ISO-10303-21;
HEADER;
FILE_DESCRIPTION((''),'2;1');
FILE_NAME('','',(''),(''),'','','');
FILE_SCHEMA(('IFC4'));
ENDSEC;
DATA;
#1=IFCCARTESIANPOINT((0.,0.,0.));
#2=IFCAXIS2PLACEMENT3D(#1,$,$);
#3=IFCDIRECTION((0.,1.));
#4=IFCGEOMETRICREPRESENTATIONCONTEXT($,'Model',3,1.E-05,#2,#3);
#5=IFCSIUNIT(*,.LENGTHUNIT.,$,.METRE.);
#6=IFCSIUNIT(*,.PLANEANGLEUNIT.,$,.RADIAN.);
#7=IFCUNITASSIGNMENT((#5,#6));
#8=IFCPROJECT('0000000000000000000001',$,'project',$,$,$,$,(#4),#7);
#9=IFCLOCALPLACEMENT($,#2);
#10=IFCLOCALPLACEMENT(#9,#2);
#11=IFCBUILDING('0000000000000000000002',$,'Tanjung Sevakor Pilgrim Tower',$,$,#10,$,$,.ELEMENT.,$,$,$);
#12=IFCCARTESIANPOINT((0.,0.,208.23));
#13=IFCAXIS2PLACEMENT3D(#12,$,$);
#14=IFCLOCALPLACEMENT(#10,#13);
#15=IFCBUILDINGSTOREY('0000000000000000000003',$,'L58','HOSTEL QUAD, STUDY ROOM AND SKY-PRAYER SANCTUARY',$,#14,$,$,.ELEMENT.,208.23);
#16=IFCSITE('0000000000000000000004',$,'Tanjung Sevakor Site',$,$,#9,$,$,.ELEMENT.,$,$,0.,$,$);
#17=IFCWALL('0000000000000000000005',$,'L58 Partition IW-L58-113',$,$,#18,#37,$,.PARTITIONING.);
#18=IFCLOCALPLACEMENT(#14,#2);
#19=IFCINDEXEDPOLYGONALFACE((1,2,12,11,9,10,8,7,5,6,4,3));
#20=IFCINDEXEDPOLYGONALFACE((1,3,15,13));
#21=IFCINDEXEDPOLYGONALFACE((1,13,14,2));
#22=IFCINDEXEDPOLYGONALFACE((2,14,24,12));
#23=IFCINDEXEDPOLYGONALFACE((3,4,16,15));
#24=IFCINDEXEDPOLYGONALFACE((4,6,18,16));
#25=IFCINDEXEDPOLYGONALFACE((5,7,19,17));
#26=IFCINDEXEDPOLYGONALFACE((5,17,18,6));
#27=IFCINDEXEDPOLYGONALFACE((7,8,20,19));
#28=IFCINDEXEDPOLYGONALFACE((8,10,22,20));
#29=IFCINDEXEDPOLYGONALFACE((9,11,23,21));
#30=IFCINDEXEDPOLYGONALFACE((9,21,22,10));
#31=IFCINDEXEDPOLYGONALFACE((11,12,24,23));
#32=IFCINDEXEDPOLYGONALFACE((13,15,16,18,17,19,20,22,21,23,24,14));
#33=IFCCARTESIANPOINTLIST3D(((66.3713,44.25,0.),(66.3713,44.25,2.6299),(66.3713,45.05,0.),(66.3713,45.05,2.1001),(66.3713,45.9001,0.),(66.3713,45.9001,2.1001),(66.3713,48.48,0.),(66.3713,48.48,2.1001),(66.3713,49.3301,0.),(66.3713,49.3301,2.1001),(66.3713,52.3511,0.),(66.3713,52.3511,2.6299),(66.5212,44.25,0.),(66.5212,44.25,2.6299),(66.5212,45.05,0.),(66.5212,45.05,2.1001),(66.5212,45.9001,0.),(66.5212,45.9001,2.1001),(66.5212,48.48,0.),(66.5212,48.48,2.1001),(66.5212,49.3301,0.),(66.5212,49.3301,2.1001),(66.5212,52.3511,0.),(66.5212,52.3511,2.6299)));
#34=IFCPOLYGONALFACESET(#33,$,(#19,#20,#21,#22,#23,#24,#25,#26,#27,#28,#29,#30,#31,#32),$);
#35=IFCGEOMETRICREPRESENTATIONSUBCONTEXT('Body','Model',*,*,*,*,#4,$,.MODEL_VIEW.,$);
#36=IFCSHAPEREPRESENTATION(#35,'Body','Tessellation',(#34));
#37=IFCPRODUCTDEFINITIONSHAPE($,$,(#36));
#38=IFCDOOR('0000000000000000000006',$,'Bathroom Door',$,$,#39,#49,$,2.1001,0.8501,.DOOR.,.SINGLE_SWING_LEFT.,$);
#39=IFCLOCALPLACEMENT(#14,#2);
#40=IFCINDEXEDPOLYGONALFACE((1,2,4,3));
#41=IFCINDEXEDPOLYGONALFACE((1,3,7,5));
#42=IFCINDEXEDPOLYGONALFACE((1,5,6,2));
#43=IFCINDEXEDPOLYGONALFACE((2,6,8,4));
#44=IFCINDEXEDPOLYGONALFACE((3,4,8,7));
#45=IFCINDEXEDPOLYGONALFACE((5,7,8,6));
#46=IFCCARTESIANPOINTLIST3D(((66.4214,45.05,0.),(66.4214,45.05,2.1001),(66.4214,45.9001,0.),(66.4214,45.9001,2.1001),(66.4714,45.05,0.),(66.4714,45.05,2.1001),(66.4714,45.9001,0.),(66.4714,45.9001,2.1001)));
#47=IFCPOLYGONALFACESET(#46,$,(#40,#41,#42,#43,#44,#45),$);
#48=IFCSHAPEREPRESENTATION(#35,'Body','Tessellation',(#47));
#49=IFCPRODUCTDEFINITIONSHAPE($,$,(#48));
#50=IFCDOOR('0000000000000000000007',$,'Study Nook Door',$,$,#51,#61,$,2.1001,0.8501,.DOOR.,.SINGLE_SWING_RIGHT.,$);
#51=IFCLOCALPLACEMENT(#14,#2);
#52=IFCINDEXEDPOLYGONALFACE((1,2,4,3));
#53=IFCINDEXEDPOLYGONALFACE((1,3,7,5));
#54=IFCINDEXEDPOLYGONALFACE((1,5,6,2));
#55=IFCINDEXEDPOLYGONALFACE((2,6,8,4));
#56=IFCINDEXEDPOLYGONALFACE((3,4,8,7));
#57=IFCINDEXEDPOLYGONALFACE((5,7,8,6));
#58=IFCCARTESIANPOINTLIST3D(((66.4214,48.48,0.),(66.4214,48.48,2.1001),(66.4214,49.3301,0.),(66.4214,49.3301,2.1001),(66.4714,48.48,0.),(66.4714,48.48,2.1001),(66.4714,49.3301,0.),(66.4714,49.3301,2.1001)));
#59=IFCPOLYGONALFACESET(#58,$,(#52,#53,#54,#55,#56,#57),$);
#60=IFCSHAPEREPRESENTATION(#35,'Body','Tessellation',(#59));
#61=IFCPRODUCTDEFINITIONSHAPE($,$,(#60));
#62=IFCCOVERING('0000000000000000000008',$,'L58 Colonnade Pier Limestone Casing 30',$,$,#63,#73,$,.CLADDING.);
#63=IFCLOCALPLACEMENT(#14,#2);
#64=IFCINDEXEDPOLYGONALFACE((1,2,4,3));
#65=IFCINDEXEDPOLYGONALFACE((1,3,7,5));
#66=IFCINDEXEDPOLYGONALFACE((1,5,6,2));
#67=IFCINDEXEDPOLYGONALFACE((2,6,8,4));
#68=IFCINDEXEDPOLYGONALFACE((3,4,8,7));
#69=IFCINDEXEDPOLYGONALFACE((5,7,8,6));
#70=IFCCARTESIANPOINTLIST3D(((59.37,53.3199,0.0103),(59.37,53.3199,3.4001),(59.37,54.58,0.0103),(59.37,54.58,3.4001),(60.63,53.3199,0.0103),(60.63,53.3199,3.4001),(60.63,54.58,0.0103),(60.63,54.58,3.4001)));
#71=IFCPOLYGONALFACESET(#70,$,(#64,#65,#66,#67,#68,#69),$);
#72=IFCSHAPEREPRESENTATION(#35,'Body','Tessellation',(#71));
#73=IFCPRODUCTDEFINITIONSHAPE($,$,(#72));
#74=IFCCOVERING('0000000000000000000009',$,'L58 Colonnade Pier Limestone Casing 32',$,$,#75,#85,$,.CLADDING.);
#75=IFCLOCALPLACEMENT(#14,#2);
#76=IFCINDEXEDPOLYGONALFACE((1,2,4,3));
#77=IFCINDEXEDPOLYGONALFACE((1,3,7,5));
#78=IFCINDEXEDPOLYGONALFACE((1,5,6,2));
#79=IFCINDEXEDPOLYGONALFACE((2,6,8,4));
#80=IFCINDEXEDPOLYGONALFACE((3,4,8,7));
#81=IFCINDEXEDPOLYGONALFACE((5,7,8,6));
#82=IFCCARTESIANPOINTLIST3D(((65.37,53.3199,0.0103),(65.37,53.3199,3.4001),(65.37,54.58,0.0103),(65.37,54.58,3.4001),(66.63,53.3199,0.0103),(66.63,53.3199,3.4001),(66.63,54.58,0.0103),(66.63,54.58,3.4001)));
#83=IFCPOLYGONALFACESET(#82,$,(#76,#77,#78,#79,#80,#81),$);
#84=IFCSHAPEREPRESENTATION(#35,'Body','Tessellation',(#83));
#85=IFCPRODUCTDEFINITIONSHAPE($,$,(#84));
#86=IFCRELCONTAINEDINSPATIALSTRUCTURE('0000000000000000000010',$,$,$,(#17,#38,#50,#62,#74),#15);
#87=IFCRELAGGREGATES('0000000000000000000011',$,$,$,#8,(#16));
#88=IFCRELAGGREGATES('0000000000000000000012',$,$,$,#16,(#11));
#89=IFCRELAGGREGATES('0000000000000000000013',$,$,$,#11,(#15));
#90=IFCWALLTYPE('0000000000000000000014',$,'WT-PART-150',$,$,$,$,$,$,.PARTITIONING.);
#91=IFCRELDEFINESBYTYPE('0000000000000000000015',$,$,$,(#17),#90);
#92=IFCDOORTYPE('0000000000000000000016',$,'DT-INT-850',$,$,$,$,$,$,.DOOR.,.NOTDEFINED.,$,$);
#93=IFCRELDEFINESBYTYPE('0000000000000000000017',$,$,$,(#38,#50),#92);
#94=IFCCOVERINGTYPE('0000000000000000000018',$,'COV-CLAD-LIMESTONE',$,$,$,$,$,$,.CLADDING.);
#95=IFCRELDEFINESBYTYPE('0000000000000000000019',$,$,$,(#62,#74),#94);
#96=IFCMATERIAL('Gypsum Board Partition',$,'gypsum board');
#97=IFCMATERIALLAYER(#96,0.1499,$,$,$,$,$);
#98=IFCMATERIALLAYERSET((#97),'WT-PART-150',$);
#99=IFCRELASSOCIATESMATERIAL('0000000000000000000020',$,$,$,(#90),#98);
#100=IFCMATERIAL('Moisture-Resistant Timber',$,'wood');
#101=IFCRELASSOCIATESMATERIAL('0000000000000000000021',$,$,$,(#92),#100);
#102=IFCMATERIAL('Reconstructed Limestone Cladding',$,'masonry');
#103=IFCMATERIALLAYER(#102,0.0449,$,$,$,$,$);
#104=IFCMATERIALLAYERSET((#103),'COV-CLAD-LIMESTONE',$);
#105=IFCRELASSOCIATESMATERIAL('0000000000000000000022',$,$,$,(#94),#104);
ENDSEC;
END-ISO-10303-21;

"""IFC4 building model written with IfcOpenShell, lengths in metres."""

from ifc_helpers import new_model, si_unit, direction, frame, frame_2d, origin, origin_2d, place, context, subcontext, project, spatial, rectangle, extrude, material, layer, layer_set, type_object, element, fill, save


model = new_model("IFC4")

# Units and contexts
model_context = context("Model", 3, precision=1e-05, world=origin(), true_north=direction((0.0, 1.0)))
body_context = subcontext(model_context, "Body", "Model", "MODEL_VIEW")
ifc_project = project(units=[si_unit("LENGTHUNIT", "METRE"), si_unit("PLANEANGLEUNIT", "RADIAN")], contexts=[model_context])

# Site, building, storey
site_placement = place(None, origin())
site = spatial("IfcSite", under=ifc_project, at=site_placement, Name="Tanjung Sevakor Site", CompositionType="ELEMENT", RefElevation=0.0)
building_placement = place(site_placement, origin())
building = spatial("IfcBuilding", under=site, at=building_placement, Name="Tanjung Sevakor Pilgrim Tower", CompositionType="ELEMENT")
storey_placement = place(building_placement, frame((0.0, 0.0, 208.23)))
storey = spatial("IfcBuildingStorey", under=building, at=storey_placement, Name="L58", Description="HOSTEL QUAD, STUDY ROOM AND SKY-PRAYER SANCTUARY", CompositionType="ELEMENT", Elevation=208.23)

# Shared definitions
ifc_material_1 = material(Name="Gypsum Board Partition", Category="gypsum board")
ifc_layer_1 = layer(ifc_material_1, 0.1499)
ifc_layer_set_1 = layer_set([ifc_layer_1], Name="WT-PART-150")
wall_type_1 = type_object("IfcWallType", Name="WT-PART-150", PredefinedType="PARTITIONING", material=ifc_layer_set_1)

# Wall, openings, doors
wall_1_placement = place(storey_placement, frame((66.4463, 44.25, 0.0), z_axis=(0.0, 0.0, 1.0), x_axis=(0.0, 1.0, 0.0)))
wall_1 = element("IfcWall", 1, at=wall_1_placement, inside=storey, type_object=wall_type_1, Name="L58 Partition IW-L58-113", PredefinedType="PARTITIONING", context=body_context, shape_type="SweptSolid", body=[
    extrude(rectangle(XDim=8.1011, YDim=0.1499, at=frame_2d((4.0505, 0.0))), origin(), (0.0, 0.0, 1.0), 2.6299),
])
opening_1_placement = place(wall_1_placement, frame((0.8, 0.0, 0.0)))
opening_1 = element("IfcOpeningElement", 2, at=opening_1_placement, cuts=wall_1, PredefinedType="OPENING", context=body_context, shape_type="SweptSolid", body=[
    extrude(rectangle(XDim=0.8501, YDim=2.1001, at=frame_2d((0.425, 1.05))), frame((0.0, 0.085, 0.0), z_axis=(0.0, -1.0, 0.0), x_axis=(1.0, 0.0, 0.0)), (0.0, 0.0, 1.0), 0.1699),
])
opening_2_placement = place(wall_1_placement, frame((4.23, 0.0, 0.0)))
opening_2 = element("IfcOpeningElement", 3, at=opening_2_placement, cuts=wall_1, PredefinedType="OPENING", context=body_context, shape_type="SweptSolid", body=[
    extrude(rectangle(XDim=0.8501, YDim=2.1001, at=frame_2d((0.425, 1.05))), frame((0.0, 0.085, 0.0), z_axis=(0.0, -1.0, 0.0), x_axis=(1.0, 0.0, 0.0)), (0.0, 0.0, 1.0), 0.1699),
])
ifc_material_2 = material(Name="Moisture-Resistant Timber", Category="wood")
door_type_1 = type_object("IfcDoorType", Name="DT-INT-850", OperationType="NOTDEFINED", PredefinedType="DOOR", material=ifc_material_2)
door_1_placement = place(opening_1_placement, origin())
door_1 = element("IfcDoor", 4, at=door_1_placement, inside=storey, type_object=door_type_1, Name="Bathroom Door", OperationType="SINGLE_SWING_LEFT", OverallHeight=2.1001, OverallWidth=0.8501, PredefinedType="DOOR", context=body_context, shape_type="SweptSolid", body=[
    extrude(rectangle(XDim=0.8501, YDim=2.1001, at=frame_2d((0.425, 1.05))), frame((0.0, 0.0249, 0.0), z_axis=(0.0, -1.0, 0.0), x_axis=(1.0, 0.0, 0.0)), (0.0, 0.0, 1.0), 0.05),
])
fill(opening_1, door_1)
door_2_placement = place(opening_2_placement, origin())
door_2 = element("IfcDoor", 5, at=door_2_placement, inside=storey, type_object=door_type_1, Name="Study Nook Door", OperationType="SINGLE_SWING_RIGHT", OverallHeight=2.1001, OverallWidth=0.8501, PredefinedType="DOOR", context=body_context, shape_type="SweptSolid", body=[
    extrude(rectangle(XDim=0.8501, YDim=2.1001, at=frame_2d((0.425, 1.05))), frame((0.0, 0.0249, 0.0), z_axis=(0.0, -1.0, 0.0), x_axis=(1.0, 0.0, 0.0)), (0.0, 0.0, 1.0), 0.05),
])
fill(opening_2, door_2)

# Coverings
ifc_material_3 = material(Name="Reconstructed Limestone Cladding", Category="masonry")
ifc_layer_2 = layer(ifc_material_3, 0.0449)
ifc_layer_set_2 = layer_set([ifc_layer_2], Name="COV-CLAD-LIMESTONE")
covering_type = type_object("IfcCoveringType", Name="COV-CLAD-LIMESTONE", PredefinedType="CLADDING", material=ifc_layer_set_2)
for number, where, z_axis, x_axis, name in (
    (6, (60.0, 53.95, 0.0103), (0.0, 0.0, 1.0), (1.0, 0.0, 0.0), "L58 Colonnade Pier Limestone Casing 30"),
    (7, (66.0, 53.95, 0.0103), (0.0, 0.0, 1.0), (1.0, 0.0, 0.0), "L58 Colonnade Pier Limestone Casing 32"),
):
    element("IfcCovering", number, at=place(storey_placement, frame(where, z_axis=z_axis, x_axis=x_axis)), inside=storey, type_object=covering_type, Name=name, PredefinedType="CLADDING", context=body_context, shape_type="SweptSolid", body=[
        extrude(rectangle(XDim=1.26, YDim=1.26, at=origin_2d()), origin(), (0.0, 0.0, 1.0), 3.3899),
    ])

save(model, "model.ifc")
